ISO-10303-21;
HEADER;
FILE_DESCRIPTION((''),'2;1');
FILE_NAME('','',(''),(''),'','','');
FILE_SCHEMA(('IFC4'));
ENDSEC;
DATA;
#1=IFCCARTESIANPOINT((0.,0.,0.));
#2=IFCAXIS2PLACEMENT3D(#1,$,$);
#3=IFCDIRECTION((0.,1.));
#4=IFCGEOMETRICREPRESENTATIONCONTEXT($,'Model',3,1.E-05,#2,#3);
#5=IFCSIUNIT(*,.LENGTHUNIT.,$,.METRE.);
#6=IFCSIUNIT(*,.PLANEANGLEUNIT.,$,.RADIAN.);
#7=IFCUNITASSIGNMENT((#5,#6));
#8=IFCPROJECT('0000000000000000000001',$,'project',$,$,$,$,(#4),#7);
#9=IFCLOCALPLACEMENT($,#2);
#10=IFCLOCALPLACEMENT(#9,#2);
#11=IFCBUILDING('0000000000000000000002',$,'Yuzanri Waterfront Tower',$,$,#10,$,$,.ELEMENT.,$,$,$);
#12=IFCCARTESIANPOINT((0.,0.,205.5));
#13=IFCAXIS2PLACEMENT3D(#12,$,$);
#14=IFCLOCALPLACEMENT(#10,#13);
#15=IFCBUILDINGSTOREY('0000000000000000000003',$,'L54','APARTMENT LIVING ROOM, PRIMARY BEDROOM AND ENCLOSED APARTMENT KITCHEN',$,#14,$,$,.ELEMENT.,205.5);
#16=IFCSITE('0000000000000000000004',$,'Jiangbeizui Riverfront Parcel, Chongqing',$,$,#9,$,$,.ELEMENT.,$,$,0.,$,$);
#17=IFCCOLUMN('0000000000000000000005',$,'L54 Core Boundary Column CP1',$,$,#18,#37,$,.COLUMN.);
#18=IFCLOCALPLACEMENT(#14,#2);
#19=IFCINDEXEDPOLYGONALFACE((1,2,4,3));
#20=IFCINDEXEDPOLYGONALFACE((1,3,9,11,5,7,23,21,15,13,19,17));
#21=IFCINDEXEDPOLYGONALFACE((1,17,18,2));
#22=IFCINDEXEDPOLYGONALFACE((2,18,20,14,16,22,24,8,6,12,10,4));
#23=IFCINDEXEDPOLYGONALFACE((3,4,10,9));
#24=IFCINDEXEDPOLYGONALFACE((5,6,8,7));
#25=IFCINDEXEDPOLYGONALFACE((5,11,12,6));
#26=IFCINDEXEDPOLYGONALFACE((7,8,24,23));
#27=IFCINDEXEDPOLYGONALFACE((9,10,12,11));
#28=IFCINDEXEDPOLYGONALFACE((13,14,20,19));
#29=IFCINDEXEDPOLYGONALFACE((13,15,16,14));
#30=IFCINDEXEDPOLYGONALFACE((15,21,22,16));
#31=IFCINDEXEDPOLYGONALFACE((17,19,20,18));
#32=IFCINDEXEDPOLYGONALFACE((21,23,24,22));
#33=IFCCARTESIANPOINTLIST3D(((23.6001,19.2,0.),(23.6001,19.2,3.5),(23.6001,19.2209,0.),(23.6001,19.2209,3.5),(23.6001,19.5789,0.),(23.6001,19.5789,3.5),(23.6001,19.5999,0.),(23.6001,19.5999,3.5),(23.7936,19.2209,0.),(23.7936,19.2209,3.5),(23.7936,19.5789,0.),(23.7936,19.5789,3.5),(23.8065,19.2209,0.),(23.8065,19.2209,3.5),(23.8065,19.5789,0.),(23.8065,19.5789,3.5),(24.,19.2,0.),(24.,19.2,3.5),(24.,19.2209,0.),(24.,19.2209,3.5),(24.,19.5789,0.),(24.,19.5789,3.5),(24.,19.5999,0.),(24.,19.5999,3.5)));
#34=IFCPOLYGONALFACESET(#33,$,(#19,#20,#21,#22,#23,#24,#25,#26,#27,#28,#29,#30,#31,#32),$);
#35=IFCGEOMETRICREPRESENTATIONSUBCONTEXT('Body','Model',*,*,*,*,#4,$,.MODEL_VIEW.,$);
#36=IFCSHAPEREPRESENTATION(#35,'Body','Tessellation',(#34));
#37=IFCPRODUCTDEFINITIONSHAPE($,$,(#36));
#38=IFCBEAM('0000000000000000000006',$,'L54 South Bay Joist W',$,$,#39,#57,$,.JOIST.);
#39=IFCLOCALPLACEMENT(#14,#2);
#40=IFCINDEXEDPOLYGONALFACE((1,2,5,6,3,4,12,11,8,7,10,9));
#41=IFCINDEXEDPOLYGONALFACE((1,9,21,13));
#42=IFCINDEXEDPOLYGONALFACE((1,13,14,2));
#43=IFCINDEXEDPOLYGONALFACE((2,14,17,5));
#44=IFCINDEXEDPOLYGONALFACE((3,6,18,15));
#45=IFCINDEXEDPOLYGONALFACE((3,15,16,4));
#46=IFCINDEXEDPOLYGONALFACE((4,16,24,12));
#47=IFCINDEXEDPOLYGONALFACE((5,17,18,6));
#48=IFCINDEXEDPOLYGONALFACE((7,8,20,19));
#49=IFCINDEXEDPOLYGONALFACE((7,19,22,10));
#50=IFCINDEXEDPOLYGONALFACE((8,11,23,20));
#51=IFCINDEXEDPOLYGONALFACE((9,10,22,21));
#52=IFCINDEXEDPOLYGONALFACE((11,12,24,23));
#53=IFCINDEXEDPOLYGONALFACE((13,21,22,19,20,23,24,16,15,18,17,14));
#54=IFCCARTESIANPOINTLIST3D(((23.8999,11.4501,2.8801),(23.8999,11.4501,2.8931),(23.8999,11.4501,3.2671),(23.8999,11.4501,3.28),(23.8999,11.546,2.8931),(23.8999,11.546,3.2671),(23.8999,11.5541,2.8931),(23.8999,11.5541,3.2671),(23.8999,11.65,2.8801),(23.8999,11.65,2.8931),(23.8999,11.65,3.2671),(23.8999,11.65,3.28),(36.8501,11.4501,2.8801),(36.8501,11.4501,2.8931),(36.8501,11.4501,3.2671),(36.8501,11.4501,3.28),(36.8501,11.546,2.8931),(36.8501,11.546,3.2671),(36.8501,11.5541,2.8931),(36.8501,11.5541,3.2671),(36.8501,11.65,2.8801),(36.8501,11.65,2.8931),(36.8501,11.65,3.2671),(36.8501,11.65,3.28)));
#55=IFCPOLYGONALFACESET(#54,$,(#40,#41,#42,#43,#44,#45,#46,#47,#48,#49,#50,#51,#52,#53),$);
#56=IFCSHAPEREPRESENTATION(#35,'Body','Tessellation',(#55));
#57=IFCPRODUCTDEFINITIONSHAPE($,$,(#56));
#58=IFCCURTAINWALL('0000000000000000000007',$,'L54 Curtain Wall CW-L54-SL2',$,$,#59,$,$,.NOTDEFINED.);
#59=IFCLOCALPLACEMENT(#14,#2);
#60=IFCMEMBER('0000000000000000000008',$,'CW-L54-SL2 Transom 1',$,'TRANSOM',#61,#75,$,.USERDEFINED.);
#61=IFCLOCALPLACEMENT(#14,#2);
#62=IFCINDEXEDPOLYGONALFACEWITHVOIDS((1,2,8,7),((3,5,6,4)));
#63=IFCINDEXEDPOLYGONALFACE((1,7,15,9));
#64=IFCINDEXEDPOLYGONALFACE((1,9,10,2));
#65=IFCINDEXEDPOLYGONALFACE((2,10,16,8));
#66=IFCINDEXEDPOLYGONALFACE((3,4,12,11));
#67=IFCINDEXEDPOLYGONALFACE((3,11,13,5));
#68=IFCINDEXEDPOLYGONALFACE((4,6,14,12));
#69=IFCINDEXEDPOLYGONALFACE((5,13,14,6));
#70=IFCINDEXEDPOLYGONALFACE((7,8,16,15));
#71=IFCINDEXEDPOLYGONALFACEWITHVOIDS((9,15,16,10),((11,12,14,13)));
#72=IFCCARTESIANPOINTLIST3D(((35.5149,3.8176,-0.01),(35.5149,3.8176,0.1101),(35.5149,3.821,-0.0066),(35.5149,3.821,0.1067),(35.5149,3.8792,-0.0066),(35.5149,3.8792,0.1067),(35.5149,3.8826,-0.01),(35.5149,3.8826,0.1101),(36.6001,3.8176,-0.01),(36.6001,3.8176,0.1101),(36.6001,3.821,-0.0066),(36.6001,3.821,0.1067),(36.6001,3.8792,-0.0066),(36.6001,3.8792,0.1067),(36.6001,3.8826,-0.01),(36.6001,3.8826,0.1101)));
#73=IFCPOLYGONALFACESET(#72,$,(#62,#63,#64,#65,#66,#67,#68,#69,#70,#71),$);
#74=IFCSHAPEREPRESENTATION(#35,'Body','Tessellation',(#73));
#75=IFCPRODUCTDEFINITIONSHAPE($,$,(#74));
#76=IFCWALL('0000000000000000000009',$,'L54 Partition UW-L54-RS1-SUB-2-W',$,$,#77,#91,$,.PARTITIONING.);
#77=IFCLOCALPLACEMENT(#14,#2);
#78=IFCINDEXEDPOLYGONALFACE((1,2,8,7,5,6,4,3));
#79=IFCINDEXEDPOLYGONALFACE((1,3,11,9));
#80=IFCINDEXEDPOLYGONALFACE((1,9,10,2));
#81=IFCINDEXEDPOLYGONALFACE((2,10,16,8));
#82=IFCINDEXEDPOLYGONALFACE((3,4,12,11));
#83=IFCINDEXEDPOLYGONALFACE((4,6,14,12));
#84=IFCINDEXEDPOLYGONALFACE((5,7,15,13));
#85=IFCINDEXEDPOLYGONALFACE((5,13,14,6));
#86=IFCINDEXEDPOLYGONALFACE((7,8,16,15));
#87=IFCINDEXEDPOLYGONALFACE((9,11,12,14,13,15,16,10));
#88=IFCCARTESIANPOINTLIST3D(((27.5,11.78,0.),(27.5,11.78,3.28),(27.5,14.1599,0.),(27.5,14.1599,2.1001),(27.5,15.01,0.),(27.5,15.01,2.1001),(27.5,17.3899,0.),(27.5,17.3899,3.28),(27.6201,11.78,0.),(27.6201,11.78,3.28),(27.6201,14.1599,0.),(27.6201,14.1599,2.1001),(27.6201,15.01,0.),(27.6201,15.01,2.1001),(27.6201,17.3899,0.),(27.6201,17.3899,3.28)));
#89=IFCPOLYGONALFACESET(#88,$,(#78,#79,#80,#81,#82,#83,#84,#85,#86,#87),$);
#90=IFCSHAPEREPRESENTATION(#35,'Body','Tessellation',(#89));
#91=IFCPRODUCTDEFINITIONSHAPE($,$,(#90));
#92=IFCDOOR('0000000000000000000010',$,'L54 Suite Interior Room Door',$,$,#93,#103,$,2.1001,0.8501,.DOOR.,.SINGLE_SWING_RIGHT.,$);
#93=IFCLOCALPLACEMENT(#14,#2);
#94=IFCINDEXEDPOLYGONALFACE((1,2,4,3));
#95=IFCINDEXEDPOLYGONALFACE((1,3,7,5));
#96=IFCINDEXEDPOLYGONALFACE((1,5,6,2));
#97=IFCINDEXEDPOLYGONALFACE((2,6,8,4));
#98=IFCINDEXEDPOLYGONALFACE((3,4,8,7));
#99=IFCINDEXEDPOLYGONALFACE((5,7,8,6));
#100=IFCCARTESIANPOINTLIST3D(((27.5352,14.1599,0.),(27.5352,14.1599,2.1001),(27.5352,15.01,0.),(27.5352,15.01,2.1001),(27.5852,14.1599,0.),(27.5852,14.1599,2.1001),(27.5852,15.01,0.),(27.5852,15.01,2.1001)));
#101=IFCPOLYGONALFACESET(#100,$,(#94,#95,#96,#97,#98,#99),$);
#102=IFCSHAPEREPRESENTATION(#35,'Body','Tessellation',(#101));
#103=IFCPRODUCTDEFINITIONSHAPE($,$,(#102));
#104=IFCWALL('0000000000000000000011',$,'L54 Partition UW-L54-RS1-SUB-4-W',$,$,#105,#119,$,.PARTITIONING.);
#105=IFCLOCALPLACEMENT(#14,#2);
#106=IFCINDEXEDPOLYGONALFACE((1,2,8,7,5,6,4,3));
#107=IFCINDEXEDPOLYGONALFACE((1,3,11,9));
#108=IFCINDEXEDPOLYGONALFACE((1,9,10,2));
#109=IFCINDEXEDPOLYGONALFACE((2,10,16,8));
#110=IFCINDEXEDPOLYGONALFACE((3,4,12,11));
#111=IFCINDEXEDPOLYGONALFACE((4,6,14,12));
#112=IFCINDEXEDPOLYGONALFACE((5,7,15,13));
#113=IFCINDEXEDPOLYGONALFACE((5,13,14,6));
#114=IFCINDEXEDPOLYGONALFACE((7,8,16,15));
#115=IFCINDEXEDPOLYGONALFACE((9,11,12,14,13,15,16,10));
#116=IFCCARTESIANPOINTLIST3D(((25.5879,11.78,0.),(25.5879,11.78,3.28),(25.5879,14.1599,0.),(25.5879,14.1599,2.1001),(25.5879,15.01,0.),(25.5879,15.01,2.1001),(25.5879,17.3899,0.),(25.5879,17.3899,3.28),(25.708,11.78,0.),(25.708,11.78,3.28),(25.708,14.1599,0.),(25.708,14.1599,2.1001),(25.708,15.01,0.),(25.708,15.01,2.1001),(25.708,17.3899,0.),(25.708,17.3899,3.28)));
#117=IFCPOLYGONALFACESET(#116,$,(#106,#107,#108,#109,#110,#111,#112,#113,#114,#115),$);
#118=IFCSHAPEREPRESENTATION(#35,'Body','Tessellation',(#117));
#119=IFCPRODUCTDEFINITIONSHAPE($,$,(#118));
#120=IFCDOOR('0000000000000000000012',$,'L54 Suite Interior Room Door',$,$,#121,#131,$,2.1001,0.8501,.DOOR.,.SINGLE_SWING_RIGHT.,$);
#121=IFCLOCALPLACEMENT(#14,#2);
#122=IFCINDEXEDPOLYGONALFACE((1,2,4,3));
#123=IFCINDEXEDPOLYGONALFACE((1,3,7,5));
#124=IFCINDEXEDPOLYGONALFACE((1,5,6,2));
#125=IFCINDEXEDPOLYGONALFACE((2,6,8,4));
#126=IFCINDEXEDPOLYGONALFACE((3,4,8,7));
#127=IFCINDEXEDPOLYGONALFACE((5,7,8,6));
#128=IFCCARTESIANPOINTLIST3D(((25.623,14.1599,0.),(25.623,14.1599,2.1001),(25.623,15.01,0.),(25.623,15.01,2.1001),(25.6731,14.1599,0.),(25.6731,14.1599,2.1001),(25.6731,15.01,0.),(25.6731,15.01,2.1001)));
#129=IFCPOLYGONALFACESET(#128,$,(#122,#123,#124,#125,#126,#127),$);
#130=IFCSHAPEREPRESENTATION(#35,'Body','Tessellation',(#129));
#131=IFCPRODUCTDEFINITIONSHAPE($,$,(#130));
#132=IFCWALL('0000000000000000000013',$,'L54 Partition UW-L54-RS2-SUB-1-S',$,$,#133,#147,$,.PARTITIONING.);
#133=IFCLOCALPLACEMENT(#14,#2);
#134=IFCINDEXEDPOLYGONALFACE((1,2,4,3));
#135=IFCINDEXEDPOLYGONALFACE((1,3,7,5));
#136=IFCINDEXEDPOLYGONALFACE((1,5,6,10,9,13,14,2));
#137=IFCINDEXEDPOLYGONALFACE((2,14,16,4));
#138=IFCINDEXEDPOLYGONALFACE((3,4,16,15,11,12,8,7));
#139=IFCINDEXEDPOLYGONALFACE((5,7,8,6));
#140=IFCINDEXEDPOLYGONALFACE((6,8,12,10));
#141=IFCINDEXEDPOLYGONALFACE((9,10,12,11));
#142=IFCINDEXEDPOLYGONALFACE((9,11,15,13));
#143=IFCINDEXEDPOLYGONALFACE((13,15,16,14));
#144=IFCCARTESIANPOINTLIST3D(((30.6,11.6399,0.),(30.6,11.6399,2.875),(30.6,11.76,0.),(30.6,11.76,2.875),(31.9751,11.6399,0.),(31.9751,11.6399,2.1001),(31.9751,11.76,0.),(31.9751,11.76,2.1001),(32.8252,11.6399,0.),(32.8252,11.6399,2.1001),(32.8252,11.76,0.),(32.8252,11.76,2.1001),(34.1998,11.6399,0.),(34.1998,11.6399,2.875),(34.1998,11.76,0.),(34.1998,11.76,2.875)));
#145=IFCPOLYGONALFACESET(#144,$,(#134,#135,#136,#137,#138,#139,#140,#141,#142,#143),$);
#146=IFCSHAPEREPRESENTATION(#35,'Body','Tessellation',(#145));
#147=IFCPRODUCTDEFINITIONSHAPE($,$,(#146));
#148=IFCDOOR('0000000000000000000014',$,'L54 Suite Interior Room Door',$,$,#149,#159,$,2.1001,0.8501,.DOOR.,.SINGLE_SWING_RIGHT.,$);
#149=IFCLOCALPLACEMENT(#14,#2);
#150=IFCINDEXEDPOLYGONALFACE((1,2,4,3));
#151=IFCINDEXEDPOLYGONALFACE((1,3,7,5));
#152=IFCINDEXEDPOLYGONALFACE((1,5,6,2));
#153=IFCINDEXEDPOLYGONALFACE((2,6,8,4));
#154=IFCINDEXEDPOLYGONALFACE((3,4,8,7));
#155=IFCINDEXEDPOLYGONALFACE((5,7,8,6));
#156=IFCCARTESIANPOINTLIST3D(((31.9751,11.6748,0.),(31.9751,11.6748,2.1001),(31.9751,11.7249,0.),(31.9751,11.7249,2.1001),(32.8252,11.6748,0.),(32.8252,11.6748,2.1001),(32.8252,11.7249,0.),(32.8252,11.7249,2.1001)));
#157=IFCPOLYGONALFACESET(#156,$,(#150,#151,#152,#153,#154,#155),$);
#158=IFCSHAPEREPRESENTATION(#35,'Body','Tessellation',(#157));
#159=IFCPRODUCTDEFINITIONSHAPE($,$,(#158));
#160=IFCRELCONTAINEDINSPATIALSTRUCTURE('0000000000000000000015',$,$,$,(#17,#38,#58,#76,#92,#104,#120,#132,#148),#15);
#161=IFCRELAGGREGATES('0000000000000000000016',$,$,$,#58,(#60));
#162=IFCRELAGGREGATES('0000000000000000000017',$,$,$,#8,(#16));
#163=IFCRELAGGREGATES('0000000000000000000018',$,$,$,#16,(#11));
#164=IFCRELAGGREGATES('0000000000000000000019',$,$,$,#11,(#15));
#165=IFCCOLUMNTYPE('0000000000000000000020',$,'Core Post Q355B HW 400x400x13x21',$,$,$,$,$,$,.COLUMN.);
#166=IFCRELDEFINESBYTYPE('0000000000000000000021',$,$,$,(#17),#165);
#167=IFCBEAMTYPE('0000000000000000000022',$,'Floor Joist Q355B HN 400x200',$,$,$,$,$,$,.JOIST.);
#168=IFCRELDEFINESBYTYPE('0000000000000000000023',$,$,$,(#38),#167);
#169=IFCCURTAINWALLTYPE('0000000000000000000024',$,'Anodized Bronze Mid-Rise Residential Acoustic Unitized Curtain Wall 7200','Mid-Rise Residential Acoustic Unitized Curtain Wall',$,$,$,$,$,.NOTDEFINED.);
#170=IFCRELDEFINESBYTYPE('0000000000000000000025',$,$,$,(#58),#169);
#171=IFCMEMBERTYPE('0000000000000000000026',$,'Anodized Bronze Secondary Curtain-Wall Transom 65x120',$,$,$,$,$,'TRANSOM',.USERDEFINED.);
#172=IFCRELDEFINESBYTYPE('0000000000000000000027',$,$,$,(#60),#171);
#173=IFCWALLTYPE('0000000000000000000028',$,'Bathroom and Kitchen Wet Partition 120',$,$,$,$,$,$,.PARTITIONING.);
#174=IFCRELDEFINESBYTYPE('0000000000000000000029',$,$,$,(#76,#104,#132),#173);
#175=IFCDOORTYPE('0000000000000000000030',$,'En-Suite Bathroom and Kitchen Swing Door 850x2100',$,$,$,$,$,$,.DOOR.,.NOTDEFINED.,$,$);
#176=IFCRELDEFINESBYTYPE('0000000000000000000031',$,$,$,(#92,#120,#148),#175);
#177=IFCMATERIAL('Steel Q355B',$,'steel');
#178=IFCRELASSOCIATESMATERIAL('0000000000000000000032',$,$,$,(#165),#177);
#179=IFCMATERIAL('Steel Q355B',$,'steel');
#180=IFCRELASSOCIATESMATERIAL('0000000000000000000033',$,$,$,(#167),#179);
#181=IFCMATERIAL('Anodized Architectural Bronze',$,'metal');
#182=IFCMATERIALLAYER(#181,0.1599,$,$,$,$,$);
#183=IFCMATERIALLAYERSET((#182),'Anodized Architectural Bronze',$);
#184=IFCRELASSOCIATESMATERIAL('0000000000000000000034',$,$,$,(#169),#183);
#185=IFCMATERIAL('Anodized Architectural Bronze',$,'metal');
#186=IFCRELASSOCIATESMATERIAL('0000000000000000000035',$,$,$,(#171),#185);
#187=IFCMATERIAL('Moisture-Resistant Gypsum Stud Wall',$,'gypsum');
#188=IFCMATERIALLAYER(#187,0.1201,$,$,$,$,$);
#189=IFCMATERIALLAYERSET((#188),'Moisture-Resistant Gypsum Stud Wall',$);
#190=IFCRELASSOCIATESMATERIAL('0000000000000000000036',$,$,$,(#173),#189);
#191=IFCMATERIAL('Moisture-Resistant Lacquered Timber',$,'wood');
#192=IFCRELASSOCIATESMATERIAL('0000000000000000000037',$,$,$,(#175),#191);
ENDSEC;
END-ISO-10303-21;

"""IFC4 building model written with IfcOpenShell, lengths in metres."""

from ifc_helpers import new_model, si_unit, direction, frame, frame_2d, origin, origin_2d, place, context, subcontext, project, spatial, rectangle, hollow_rectangle, i_section, extrude, source, transform, mapped, material, layer, layer_set, material_profile, profile_set, type_object, element, fill, aggregate, save


model = new_model("IFC4")

# Units and contexts
model_context = context("Model", 3, precision=1e-05, world=origin(), true_north=direction((0.0, 1.0)))
body_context = subcontext(model_context, "Body", "Model", "MODEL_VIEW")
ifc_project = project(units=[si_unit("LENGTHUNIT", "METRE"), si_unit("PLANEANGLEUNIT", "RADIAN")], contexts=[model_context])

# Site, building, storey
site_placement = place(None, origin())
site = spatial("IfcSite", under=ifc_project, at=site_placement, Name="Jiangbeizui Riverfront Parcel, Chongqing", CompositionType="ELEMENT", RefElevation=0.0)
building_placement = place(site_placement, origin())
building = spatial("IfcBuilding", under=site, at=building_placement, Name="Yuzanri Waterfront Tower", CompositionType="ELEMENT")
storey_placement = place(building_placement, frame((0.0, 0.0, 205.5)))
storey = spatial("IfcBuildingStorey", under=building, at=storey_placement, Name="L54", Description="APARTMENT LIVING ROOM, PRIMARY BEDROOM AND ENCLOSED APARTMENT KITCHEN", CompositionType="ELEMENT", Elevation=205.5)

# Column
ifc_material_1 = material(Name="Steel Q355B", Category="steel")
ifc_material_profile_1 = material_profile(ifc_material_1, i_section(OverallWidth=0.3999, OverallDepth=0.3999, WebThickness=0.0129, FlangeThickness=0.021, at=origin_2d()), Name="HW 400x400x13x21")
ifc_profile_set_1 = profile_set([ifc_material_profile_1], Name="Steel Q355B")
column_type = type_object("IfcColumnType", Name="Core Post Q355B HW 400x400x13x21", PredefinedType="COLUMN", material=ifc_profile_set_1)
shared_shape_1 = source(origin(), body_context, "Body", "SweptSolid", [
    extrude(i_section(OverallWidth=0.3999, OverallDepth=0.3999, WebThickness=0.0129, FlangeThickness=0.021, at=origin_2d()), origin(), (0.0, 0.0, 1.0), 3.5),
])
column_placement = place(storey_placement, frame((23.8, 19.3999, 0.0), z_axis=(0.0, 0.0, 1.0), x_axis=(1.0, 0.0, 0.0)))
element("IfcColumn", 1, at=column_placement, inside=storey, type_object=column_type, Name="L54 Core Boundary Column CP1", PredefinedType="COLUMN", context=body_context, shape_type="MappedRepresentation", body=[
    mapped(shared_shape_1, transform((0.0, 0.0, 0.0), scale=1.0)),
])

# Beam
ifc_material_2 = material(Name="Steel Q355B", Category="steel")
ifc_material_profile_2 = material_profile(ifc_material_2, i_section(OverallWidth=0.2, OverallDepth=0.3999, WebThickness=0.0081, FlangeThickness=0.0129, at=origin_2d()), Name="HN 400x200x8x13")
ifc_profile_set_2 = profile_set([ifc_material_profile_2], Name="Steel Q355B")
beam_type = type_object("IfcBeamType", Name="Floor Joist Q355B HN 400x200", PredefinedType="JOIST", material=ifc_profile_set_2)
shared_shape_2 = source(origin(), body_context, "Body", "SweptSolid", [
    extrude(i_section(OverallWidth=0.2, OverallDepth=0.3999, WebThickness=0.0081, FlangeThickness=0.0129, at=origin_2d()), origin(), (0.0, 0.0, 1.0), 12.9502),
])
beam_placement = place(storey_placement, frame((23.8999, 11.55, 3.0801), z_axis=(1.0, 0.0, 0.0), x_axis=(0.0, 1.0, 0.0)))
element("IfcBeam", 2, at=beam_placement, inside=storey, type_object=beam_type, Name="L54 South Bay Joist W", PredefinedType="JOIST", context=body_context, shape_type="MappedRepresentation", body=[
    mapped(shared_shape_2, transform((0.0, 0.0, 0.0), scale=1.0)),
])

# Curtain wall, member
ifc_material_3 = material(Name="Anodized Architectural Bronze", Category="metal")
ifc_layer_1 = layer(ifc_material_3, 0.1599)
ifc_layer_set_1 = layer_set([ifc_layer_1], Name="Anodized Architectural Bronze")
curtain_wall_type = type_object("IfcCurtainWallType", Name="Anodized Bronze Mid-Rise Residential Acoustic Unitized Curtain Wall 7200", Description="Mid-Rise Residential Acoustic Unitized Curtain Wall", PredefinedType="NOTDEFINED", material=ifc_layer_set_1)
curtain_wall_placement = place(storey_placement, origin())
curtain_wall = element("IfcCurtainWall", 3, at=curtain_wall_placement, inside=storey, type_object=curtain_wall_type, Name="L54 Curtain Wall CW-L54-SL2", PredefinedType="NOTDEFINED")
ifc_material_4 = material(Name="Anodized Architectural Bronze", Category="metal")
ifc_material_profile_3 = material_profile(ifc_material_4, hollow_rectangle(XDim=0.0649, YDim=0.1201, WallThickness=0.0034, at=origin_2d()), Name="CWT 65x120")
ifc_profile_set_3 = profile_set([ifc_material_profile_3], Name="Anodized Architectural Bronze")
member_type = type_object("IfcMemberType", Name="Anodized Bronze Secondary Curtain-Wall Transom 65x120", ElementType="TRANSOM", PredefinedType="USERDEFINED", material=ifc_profile_set_3)
shared_shape_3 = source(origin(), body_context, "Body", "SweptSolid", [
    extrude(hollow_rectangle(XDim=0.0649, YDim=0.1201, WallThickness=0.0034, at=origin_2d()), origin(), (0.0, 0.0, 1.0), 1.0852),
])
member_placement = place(storey_placement, frame((35.5149, 3.8501, 0.05), z_axis=(1.0, 0.0, 0.0), x_axis=(0.0, 1.0, 0.0)))
member = element("IfcMember", 4, at=member_placement, type_object=member_type, Name="CW-L54-SL2 Transom 1", ObjectType="TRANSOM", PredefinedType="USERDEFINED", context=body_context, shape_type="MappedRepresentation", body=[
    mapped(shared_shape_3, transform((0.0, 0.0, 0.0), scale=1.0)),
])
aggregate(curtain_wall, [member])

# Walls, openings, doors
ifc_material_5 = material(Name="Moisture-Resistant Gypsum Stud Wall", Category="gypsum")
ifc_layer_2 = layer(ifc_material_5, 0.1201)
ifc_layer_set_2 = layer_set([ifc_layer_2], Name="Moisture-Resistant Gypsum Stud Wall")
wall_type_1 = type_object("IfcWallType", Name="Bathroom and Kitchen Wet Partition 120", PredefinedType="PARTITIONING", material=ifc_layer_set_2)
wall_1_placement = place(storey_placement, frame((27.5601, 11.78, 0.0), z_axis=(0.0, 0.0, 1.0), x_axis=(0.0, 1.0, 0.0)))
wall_1 = element("IfcWall", 5, at=wall_1_placement, inside=storey, type_object=wall_type_1, Name="L54 Partition UW-L54-RS1-SUB-2-W", PredefinedType="PARTITIONING", context=body_context, shape_type="SweptSolid", body=[
    extrude(rectangle(XDim=5.6099, YDim=0.1201, at=frame_2d((2.8049, 0.0))), origin(), (0.0, 0.0, 1.0), 3.28),
])
opening_1_placement = place(wall_1_placement, frame((2.3799, 0.0, 0.0)))
opening_1 = element("IfcOpeningElement", 6, at=opening_1_placement, cuts=wall_1, PredefinedType="OPENING", context=body_context, shape_type="SweptSolid", body=[
    extrude(rectangle(XDim=0.8501, YDim=2.1001, at=frame_2d((0.425, 1.05))), frame((0.0, 0.075, 0.0), z_axis=(0.0, -1.0, 0.0), x_axis=(1.0, 0.0, 0.0)), (0.0, 0.0, 1.0), 0.1499),
])
ifc_material_6 = material(Name="Moisture-Resistant Lacquered Timber", Category="wood")
door_type_1 = type_object("IfcDoorType", Name="En-Suite Bathroom and Kitchen Swing Door 850x2100", OperationType="NOTDEFINED", PredefinedType="DOOR", material=ifc_material_6)
shared_shape_4 = source(origin(), body_context, "Body", "SweptSolid", [
    extrude(rectangle(XDim=0.8501, YDim=2.1001, at=frame_2d((0.425, 1.05))), frame((0.0, 0.0249, 0.0), z_axis=(0.0, -1.0, 0.0), x_axis=(1.0, 0.0, 0.0)), (0.0, 0.0, 1.0), 0.05),
])
door_1_placement = place(opening_1_placement, origin())
door_1 = element("IfcDoor", 7, at=door_1_placement, inside=storey, type_object=door_type_1, Name="L54 Suite Interior Room Door", OperationType="SINGLE_SWING_RIGHT", OverallHeight=2.1001, OverallWidth=0.8501, PredefinedType="DOOR", context=body_context, shape_type="MappedRepresentation", body=[
    mapped(shared_shape_4, transform((0.0, 0.0, 0.0), scale=1.0)),
])
fill(opening_1, door_1)
wall_2_placement = place(storey_placement, frame((25.6479, 11.78, 0.0), z_axis=(0.0, 0.0, 1.0), x_axis=(0.0, 1.0, 0.0)))
wall_2 = element("IfcWall", 8, at=wall_2_placement, inside=storey, type_object=wall_type_1, Name="L54 Partition UW-L54-RS1-SUB-4-W", PredefinedType="PARTITIONING", context=body_context, shape_type="SweptSolid", body=[
    extrude(rectangle(XDim=5.6099, YDim=0.1201, at=frame_2d((2.8049, 0.0))), origin(), (0.0, 0.0, 1.0), 3.28),
])
opening_2_placement = place(wall_2_placement, frame((2.3799, 0.0, 0.0)))
opening_2 = element("IfcOpeningElement", 9, at=opening_2_placement, cuts=wall_2, PredefinedType="OPENING", context=body_context, shape_type="SweptSolid", body=[
    extrude(rectangle(XDim=0.8501, YDim=2.1001, at=frame_2d((0.425, 1.05))), frame((0.0, 0.075, 0.0), z_axis=(0.0, -1.0, 0.0), x_axis=(1.0, 0.0, 0.0)), (0.0, 0.0, 1.0), 0.1499),
])
door_2_placement = place(opening_2_placement, origin())
door_2 = element("IfcDoor", 10, at=door_2_placement, inside=storey, type_object=door_type_1, Name="L54 Suite Interior Room Door", OperationType="SINGLE_SWING_RIGHT", OverallHeight=2.1001, OverallWidth=0.8501, PredefinedType="DOOR", context=body_context, shape_type="MappedRepresentation", body=[
    mapped(shared_shape_4, transform((0.0, 0.0, 0.0), scale=1.0)),
])
fill(opening_2, door_2)
wall_3_placement = place(storey_placement, frame((30.6001, 11.7, 0.0), z_axis=(0.0, 0.0, 1.0), x_axis=(1.0, 0.0, 0.0)))
wall_3 = element("IfcWall", 11, at=wall_3_placement, inside=storey, type_object=wall_type_1, Name="L54 Partition UW-L54-RS2-SUB-1-S", PredefinedType="PARTITIONING", context=body_context, shape_type="SweptSolid", body=[
    extrude(rectangle(XDim=3.5999, YDim=0.1201, at=frame_2d((1.7998, 0.0))), origin(), (0.0, 0.0, 1.0), 2.875),
])
opening_3_placement = place(wall_3_placement, frame((1.375, 0.0, 0.0)))
opening_3 = element("IfcOpeningElement", 12, at=opening_3_placement, cuts=wall_3, PredefinedType="OPENING", context=body_context, shape_type="SweptSolid", body=[
    extrude(rectangle(XDim=0.8501, YDim=2.1001, at=frame_2d((0.425, 1.05))), frame((0.0, 0.075, 0.0), z_axis=(0.0, -1.0, 0.0), x_axis=(1.0, 0.0, 0.0)), (0.0, 0.0, 1.0), 0.1499),
])
door_3_placement = place(opening_3_placement, origin())
door_3 = element("IfcDoor", 13, at=door_3_placement, inside=storey, type_object=door_type_1, Name="L54 Suite Interior Room Door", OperationType="SINGLE_SWING_RIGHT", OverallHeight=2.1001, OverallWidth=0.8501, PredefinedType="DOOR", context=body_context, shape_type="MappedRepresentation", body=[
    mapped(shared_shape_4, transform((0.0, 0.0, 0.0), scale=1.0)),
])
fill(opening_3, door_3)

save(model, "model.ifc")
